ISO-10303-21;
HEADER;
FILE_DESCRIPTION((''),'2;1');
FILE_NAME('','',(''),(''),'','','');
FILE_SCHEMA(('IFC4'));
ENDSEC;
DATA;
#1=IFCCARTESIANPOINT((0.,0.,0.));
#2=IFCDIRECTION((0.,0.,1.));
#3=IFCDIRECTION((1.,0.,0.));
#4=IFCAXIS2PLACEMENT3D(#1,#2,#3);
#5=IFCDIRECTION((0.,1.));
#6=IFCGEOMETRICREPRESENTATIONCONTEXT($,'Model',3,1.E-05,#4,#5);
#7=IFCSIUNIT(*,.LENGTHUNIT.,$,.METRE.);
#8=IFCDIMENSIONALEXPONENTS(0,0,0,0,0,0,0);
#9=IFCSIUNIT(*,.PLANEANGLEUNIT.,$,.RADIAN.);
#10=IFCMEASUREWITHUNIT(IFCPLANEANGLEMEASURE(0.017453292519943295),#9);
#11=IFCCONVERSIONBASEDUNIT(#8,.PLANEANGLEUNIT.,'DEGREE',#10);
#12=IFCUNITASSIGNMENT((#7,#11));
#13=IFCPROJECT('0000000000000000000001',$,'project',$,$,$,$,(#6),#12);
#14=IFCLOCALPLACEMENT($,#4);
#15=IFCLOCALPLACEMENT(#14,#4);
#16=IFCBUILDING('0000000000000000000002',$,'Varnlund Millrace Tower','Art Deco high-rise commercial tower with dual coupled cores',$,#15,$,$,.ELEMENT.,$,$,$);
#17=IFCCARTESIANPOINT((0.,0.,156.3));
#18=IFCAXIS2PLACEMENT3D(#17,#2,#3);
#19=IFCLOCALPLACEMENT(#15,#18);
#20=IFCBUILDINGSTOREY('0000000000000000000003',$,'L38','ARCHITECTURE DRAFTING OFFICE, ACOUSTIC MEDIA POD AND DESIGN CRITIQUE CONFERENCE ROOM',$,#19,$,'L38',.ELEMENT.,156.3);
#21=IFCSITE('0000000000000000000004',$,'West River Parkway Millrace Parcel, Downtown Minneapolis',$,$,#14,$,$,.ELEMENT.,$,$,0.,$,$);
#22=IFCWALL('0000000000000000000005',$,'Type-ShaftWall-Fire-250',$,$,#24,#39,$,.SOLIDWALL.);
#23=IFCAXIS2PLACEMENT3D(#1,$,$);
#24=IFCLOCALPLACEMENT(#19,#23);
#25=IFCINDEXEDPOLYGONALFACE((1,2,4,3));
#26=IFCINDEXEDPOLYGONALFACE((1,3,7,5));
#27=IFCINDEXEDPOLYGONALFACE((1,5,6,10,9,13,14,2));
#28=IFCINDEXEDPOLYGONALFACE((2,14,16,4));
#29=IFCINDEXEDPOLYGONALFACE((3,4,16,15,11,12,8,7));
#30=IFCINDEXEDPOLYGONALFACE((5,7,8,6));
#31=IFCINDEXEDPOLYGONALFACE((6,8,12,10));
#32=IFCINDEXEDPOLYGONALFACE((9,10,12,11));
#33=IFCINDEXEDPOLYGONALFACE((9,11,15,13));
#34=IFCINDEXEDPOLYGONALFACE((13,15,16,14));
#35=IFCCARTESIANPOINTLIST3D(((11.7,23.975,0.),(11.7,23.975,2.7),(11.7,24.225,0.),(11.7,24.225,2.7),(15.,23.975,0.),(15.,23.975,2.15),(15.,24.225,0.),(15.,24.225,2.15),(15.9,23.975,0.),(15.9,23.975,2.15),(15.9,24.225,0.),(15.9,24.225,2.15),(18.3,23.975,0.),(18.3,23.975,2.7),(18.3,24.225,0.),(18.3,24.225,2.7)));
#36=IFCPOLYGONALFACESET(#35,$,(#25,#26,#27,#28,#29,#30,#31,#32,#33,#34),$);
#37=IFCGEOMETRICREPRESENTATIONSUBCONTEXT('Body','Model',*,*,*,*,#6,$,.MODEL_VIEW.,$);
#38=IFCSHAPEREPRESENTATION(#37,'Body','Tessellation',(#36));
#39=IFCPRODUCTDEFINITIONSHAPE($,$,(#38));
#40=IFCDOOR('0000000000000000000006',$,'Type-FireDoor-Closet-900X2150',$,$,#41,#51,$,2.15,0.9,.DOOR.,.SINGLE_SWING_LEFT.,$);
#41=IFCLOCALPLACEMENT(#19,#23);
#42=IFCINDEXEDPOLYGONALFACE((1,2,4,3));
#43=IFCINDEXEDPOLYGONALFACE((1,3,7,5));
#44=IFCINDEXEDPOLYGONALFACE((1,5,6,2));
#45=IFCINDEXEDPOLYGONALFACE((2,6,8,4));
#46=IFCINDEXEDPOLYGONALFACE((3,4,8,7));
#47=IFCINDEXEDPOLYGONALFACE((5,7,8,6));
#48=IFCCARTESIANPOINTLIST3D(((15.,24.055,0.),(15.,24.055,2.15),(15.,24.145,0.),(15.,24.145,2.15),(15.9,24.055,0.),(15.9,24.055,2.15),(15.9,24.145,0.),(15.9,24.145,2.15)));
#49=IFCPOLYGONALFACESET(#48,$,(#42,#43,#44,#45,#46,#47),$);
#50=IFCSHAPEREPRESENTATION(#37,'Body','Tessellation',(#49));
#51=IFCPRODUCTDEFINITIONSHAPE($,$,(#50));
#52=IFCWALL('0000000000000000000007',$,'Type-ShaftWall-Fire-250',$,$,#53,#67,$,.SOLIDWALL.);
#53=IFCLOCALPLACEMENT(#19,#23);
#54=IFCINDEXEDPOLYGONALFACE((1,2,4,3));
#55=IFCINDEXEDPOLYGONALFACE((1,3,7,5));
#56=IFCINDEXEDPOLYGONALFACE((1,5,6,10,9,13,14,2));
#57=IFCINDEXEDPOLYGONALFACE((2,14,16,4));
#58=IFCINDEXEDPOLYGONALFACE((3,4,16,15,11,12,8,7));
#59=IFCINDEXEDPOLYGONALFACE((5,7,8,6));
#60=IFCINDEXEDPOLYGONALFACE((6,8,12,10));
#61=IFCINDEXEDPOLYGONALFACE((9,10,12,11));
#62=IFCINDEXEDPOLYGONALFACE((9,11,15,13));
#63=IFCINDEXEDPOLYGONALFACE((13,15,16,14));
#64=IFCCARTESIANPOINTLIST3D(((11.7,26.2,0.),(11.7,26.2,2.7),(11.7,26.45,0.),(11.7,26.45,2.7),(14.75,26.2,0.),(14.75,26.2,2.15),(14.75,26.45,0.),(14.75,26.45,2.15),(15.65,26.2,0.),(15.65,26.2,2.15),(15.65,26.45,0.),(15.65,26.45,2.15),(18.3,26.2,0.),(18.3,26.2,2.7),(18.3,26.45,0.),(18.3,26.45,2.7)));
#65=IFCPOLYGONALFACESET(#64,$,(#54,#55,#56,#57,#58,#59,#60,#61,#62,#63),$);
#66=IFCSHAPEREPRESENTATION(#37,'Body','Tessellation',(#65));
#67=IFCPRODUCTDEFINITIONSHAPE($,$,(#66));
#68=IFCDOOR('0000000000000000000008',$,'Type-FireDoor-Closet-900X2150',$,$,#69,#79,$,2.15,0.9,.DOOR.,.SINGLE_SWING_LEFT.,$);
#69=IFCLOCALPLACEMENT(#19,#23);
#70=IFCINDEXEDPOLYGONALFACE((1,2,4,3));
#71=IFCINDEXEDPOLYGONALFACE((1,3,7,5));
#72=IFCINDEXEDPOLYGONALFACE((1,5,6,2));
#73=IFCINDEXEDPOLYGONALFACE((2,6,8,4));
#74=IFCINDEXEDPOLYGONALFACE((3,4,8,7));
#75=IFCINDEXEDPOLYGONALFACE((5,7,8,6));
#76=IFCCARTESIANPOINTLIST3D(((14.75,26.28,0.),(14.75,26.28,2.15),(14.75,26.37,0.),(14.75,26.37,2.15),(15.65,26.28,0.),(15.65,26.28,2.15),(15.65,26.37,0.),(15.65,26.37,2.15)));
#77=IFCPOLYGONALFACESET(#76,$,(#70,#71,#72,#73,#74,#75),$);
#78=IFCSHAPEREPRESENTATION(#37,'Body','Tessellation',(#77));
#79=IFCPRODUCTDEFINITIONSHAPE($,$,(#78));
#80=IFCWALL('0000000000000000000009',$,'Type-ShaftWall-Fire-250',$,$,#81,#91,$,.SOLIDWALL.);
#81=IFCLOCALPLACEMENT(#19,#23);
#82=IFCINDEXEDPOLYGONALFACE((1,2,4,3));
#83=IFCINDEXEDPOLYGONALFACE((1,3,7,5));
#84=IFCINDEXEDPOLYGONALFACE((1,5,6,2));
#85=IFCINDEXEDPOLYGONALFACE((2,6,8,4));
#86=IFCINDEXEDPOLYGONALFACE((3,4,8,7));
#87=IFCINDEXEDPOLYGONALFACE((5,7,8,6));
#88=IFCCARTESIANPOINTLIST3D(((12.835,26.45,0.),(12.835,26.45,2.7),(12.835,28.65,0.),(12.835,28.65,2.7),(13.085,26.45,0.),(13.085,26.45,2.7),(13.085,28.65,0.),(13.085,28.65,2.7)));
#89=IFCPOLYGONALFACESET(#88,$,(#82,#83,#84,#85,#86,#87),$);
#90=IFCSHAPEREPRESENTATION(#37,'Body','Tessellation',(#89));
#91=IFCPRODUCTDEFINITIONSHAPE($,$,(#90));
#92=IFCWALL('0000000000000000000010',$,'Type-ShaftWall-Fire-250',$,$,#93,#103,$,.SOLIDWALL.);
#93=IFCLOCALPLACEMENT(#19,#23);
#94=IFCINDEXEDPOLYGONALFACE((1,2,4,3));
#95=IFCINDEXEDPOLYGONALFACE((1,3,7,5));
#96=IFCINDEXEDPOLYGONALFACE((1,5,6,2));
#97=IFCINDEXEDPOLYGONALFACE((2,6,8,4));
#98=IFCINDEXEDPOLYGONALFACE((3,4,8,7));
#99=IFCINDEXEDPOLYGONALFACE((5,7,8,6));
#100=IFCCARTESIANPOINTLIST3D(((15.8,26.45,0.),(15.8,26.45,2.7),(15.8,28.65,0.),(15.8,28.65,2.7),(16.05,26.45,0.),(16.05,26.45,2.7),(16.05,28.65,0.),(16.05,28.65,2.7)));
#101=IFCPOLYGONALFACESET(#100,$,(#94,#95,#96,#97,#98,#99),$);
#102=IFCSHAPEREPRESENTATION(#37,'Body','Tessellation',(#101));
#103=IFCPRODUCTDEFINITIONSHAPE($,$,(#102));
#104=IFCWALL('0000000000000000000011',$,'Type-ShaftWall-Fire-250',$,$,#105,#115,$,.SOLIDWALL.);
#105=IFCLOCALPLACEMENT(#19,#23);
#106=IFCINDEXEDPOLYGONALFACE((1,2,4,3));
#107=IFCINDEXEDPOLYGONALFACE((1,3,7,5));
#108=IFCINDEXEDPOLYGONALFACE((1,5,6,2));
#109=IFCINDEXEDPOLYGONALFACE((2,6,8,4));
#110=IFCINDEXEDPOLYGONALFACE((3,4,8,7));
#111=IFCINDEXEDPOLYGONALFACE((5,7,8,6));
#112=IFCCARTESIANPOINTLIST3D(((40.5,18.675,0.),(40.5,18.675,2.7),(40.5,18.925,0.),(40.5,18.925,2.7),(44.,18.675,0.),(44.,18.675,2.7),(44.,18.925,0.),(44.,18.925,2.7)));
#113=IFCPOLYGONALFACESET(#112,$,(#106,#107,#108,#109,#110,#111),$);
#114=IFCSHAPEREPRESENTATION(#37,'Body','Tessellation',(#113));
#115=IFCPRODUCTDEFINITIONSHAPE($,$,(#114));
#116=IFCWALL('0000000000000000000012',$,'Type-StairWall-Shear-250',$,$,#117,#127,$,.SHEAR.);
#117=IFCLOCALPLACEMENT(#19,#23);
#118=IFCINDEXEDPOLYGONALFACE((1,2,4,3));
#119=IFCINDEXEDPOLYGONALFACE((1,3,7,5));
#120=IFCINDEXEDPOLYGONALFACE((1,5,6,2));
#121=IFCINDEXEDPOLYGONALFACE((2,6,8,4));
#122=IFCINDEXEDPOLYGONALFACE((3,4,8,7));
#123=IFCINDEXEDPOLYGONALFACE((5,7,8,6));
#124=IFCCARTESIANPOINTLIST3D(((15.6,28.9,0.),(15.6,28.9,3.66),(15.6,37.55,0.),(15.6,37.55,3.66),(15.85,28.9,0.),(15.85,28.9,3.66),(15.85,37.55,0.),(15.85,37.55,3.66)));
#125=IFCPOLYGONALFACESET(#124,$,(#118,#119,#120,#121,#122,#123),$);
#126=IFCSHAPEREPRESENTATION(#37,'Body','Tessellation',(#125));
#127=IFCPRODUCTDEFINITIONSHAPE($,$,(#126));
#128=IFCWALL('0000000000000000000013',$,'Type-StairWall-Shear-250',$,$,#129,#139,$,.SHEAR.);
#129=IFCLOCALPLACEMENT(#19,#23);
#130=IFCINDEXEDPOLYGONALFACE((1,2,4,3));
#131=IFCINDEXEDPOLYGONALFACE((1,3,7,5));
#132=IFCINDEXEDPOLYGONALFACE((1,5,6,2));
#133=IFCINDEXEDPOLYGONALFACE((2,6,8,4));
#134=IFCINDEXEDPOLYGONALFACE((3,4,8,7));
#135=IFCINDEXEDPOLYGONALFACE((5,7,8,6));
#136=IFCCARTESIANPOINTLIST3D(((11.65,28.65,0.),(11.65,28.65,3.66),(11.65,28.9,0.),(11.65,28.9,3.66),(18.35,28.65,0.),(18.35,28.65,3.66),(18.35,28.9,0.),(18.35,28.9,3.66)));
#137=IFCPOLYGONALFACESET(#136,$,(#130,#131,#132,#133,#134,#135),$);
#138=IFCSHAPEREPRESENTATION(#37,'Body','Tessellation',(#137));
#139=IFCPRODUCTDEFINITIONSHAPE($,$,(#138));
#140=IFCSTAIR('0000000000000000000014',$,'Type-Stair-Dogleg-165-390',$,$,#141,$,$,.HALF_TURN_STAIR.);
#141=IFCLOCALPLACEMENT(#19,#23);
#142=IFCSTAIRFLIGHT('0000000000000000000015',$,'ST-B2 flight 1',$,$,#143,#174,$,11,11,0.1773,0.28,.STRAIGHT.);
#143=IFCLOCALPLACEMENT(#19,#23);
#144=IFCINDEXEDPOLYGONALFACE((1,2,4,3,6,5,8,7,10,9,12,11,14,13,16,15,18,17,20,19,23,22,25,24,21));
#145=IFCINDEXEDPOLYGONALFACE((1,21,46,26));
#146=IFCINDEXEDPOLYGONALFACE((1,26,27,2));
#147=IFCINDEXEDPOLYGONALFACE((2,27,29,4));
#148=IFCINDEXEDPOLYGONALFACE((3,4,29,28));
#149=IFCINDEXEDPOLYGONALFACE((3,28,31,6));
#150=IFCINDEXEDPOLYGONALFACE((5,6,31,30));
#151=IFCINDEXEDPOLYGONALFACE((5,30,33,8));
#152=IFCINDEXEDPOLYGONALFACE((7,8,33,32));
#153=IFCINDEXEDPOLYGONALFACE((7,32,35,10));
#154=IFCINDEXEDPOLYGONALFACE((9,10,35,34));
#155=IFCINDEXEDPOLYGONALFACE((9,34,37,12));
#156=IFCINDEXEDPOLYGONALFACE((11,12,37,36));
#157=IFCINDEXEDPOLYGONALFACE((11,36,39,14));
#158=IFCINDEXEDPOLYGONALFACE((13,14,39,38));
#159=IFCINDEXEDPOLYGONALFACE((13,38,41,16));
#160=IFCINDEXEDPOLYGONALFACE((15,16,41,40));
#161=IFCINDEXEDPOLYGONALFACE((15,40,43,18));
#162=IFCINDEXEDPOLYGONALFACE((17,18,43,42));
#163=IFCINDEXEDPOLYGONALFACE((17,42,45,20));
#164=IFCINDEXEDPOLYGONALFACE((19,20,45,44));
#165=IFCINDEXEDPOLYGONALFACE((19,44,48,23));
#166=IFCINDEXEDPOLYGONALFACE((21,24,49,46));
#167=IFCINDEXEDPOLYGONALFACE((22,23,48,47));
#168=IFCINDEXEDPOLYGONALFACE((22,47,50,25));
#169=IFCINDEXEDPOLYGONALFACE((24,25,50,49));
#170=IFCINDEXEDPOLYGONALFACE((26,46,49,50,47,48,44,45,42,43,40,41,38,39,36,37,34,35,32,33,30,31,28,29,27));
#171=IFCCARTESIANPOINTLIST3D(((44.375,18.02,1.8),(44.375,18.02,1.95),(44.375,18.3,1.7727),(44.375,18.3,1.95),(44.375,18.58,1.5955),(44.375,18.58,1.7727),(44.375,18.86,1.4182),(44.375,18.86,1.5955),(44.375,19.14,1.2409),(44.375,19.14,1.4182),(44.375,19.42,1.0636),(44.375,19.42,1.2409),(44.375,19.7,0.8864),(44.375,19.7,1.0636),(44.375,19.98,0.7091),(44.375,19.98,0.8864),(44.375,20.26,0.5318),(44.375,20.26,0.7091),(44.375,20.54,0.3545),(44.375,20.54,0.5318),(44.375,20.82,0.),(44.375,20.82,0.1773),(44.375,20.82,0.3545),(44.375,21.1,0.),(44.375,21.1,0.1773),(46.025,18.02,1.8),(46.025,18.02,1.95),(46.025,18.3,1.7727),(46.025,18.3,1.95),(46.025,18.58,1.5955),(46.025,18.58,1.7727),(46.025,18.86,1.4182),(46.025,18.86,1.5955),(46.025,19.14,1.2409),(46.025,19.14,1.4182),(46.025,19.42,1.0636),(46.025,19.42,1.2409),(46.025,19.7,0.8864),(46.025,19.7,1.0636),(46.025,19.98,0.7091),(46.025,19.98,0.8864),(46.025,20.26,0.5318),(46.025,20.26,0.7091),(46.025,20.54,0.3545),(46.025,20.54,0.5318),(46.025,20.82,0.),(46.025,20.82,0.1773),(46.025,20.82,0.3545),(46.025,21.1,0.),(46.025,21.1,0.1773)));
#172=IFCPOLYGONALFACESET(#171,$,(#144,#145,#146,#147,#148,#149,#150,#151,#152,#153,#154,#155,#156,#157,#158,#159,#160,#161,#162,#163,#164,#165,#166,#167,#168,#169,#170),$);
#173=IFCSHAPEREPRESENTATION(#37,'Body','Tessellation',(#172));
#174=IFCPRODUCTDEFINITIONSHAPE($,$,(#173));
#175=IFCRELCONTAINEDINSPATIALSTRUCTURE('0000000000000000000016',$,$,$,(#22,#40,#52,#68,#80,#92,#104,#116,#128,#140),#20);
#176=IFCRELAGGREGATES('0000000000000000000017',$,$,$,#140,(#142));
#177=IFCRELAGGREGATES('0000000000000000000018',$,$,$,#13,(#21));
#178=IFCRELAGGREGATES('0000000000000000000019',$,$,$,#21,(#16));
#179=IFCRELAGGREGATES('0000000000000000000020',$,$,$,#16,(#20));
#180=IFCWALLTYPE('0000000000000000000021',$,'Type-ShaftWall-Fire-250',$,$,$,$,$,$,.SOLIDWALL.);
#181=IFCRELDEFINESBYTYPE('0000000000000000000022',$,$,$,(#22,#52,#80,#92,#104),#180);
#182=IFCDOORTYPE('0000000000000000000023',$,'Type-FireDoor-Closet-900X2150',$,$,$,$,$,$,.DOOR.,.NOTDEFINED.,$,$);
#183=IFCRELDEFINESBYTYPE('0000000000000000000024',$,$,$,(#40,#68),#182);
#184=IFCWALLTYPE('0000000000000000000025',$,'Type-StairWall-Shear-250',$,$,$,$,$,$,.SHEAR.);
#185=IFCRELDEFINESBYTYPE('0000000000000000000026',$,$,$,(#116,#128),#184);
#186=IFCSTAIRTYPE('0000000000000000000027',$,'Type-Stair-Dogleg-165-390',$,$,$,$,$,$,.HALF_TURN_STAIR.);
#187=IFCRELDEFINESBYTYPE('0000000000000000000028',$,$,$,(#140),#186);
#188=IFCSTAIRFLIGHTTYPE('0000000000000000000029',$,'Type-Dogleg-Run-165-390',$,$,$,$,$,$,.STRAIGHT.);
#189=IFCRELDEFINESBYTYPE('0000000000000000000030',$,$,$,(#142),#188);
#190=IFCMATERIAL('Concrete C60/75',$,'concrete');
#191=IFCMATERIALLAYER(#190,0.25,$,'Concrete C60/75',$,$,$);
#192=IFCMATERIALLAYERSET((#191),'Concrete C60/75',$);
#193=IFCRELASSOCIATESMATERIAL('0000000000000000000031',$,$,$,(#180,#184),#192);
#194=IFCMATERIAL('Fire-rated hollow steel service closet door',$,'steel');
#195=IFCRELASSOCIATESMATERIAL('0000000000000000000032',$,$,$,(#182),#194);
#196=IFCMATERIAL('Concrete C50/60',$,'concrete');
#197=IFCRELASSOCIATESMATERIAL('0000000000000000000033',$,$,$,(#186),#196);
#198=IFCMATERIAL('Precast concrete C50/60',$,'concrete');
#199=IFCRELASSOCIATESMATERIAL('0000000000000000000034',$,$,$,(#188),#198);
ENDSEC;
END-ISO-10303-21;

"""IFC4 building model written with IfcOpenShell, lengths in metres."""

from ifc_helpers import new_model, entity, si_unit, converted_unit, direction, frame, origin_with_axes, origin_2d_with_axis, place, context, subcontext, project, spatial, polyline, rectangle, outline, extrude, material, layer, layer_set, type_object, element, fill, aggregate, save


model = new_model("IFC4")

# Units and contexts
model_context = context("Model", 3, precision=1e-05, world=origin_with_axes(), true_north=direction((0.0, 1.0)))
body_context = subcontext(model_context, "Body", "Model", "MODEL_VIEW")
ifc_project = project(units=[si_unit("LENGTHUNIT", "METRE"), converted_unit("PLANEANGLEUNIT", "DEGREE", entity("IfcPlaneAngleMeasure", 0.017453292519943295), si_unit("PLANEANGLEUNIT", "RADIAN"), dimensions=[0, 0, 0, 0, 0, 0, 0])], contexts=[model_context])

# Site, building, storey
site_placement = place(None, origin_with_axes())
site = spatial("IfcSite", under=ifc_project, at=site_placement, Name="West River Parkway Millrace Parcel, Downtown Minneapolis", CompositionType="ELEMENT", RefElevation=0.0)
building_placement = place(site_placement, origin_with_axes())
building = spatial("IfcBuilding", under=site, at=building_placement, Name="Varnlund Millrace Tower", Description="Art Deco high-rise commercial tower with dual coupled cores", CompositionType="ELEMENT")
storey_placement = place(building_placement, frame((0.0, 0.0, 156.3), z_axis=(0.0, 0.0, 1.0), x_axis=(1.0, 0.0, 0.0)))
storey = spatial("IfcBuildingStorey", under=building, at=storey_placement, Name="L38", Description="ARCHITECTURE DRAFTING OFFICE, ACOUSTIC MEDIA POD AND DESIGN CRITIQUE CONFERENCE ROOM", LongName="L38", CompositionType="ELEMENT", Elevation=156.3)

# Shared definitions
ifc_material_1 = material(Name="Concrete C60/75", Category="concrete")
ifc_layer_1 = layer(ifc_material_1, 0.25, Name="Concrete C60/75")
ifc_layer_set_1 = layer_set([ifc_layer_1], Name="Concrete C60/75")
wall_type_1 = type_object("IfcWallType", Name="Type-ShaftWall-Fire-250", PredefinedType="SOLIDWALL", material=ifc_layer_set_1)

# Walls, openings, doors
wall_1_placement = place(storey_placement, frame((11.7, 24.1, 0.0), z_axis=(0.0, 0.0, 1.0), x_axis=(1.0, 0.0, 0.0)))
wall_1 = element("IfcWall", 1, at=wall_1_placement, inside=storey, type_object=wall_type_1, Name="Type-ShaftWall-Fire-250", PredefinedType="SOLIDWALL", context=body_context, shape_type="SweptSolid", body=[
    extrude(outline(polyline([(0.0, -0.125), (6.6, -0.125), (6.6, 0.125), (0.0, 0.125), (0.0, -0.125)])), origin_with_axes(), (0.0, 0.0, 1.0), 2.7),
])
opening_1_placement = place(wall_1_placement, frame((3.75, 0.0, 0.0), z_axis=(0.0, 0.0, 1.0), x_axis=(1.0, 0.0, 0.0)))
opening_1 = element("IfcOpeningElement", 2, at=opening_1_placement, cuts=wall_1, PredefinedType="OPENING", context=body_context, shape_type="SweptSolid", body=[
    extrude(rectangle(XDim=0.9, YDim=0.27, at=origin_2d_with_axis()), origin_with_axes(), (0.0, 0.0, 1.0), 2.15),
])
ifc_material_2 = material(Name="Fire-rated hollow steel service closet door", Category="steel")
door_type_1 = type_object("IfcDoorType", Name="Type-FireDoor-Closet-900X2150", OperationType="NOTDEFINED", PredefinedType="DOOR", material=ifc_material_2)
door_1_placement = place(wall_1_placement, frame((3.75, 0.0, 0.0), z_axis=(0.0, 0.0, 1.0), x_axis=(1.0, 0.0, 0.0)))
door_1 = element("IfcDoor", 3, at=door_1_placement, inside=storey, type_object=door_type_1, Name="Type-FireDoor-Closet-900X2150", OperationType="SINGLE_SWING_LEFT", OverallHeight=2.15, OverallWidth=0.9, PredefinedType="DOOR", context=body_context, shape_type="SweptSolid", body=[
    extrude(rectangle(XDim=0.9, YDim=0.09, at=origin_2d_with_axis()), origin_with_axes(), (0.0, 0.0, 1.0), 2.15),
])
fill(opening_1, door_1)
wall_2_placement = place(storey_placement, frame((11.7, 26.325, 0.0), z_axis=(0.0, 0.0, 1.0), x_axis=(1.0, 0.0, 0.0)))
wall_2 = element("IfcWall", 4, at=wall_2_placement, inside=storey, type_object=wall_type_1, Name="Type-ShaftWall-Fire-250", PredefinedType="SOLIDWALL", context=body_context, shape_type="SweptSolid", body=[
    extrude(outline(polyline([(0.0, -0.125), (6.6, -0.125), (6.6, 0.125), (0.0, 0.125), (0.0, -0.125)])), origin_with_axes(), (0.0, 0.0, 1.0), 2.7),
])
opening_2_placement = place(wall_2_placement, frame((3.5, 0.0, 0.0), z_axis=(0.0, 0.0, 1.0), x_axis=(1.0, 0.0, 0.0)))
opening_2 = element("IfcOpeningElement", 5, at=opening_2_placement, cuts=wall_2, PredefinedType="OPENING", context=body_context, shape_type="SweptSolid", body=[
    extrude(rectangle(XDim=0.9, YDim=0.27, at=origin_2d_with_axis()), origin_with_axes(), (0.0, 0.0, 1.0), 2.15),
])
door_2_placement = place(wall_2_placement, frame((3.5, 0.0, 0.0), z_axis=(0.0, 0.0, 1.0), x_axis=(1.0, 0.0, 0.0)))
door_2 = element("IfcDoor", 6, at=door_2_placement, inside=storey, type_object=door_type_1, Name="Type-FireDoor-Closet-900X2150", OperationType="SINGLE_SWING_LEFT", OverallHeight=2.15, OverallWidth=0.9, PredefinedType="DOOR", context=body_context, shape_type="SweptSolid", body=[
    extrude(rectangle(XDim=0.9, YDim=0.09, at=origin_2d_with_axis()), origin_with_axes(), (0.0, 0.0, 1.0), 2.15),
])
fill(opening_2, door_2)

# Walls
for number, where, z_axis, x_axis, name in (
    (7, (12.96, 26.45, 0.0), (0.0, 0.0, 1.0), (0.0, 1.0, 0.0), "Type-ShaftWall-Fire-250"),
    (8, (15.925, 26.45, 0.0), (0.0, 0.0, 1.0), (0.0, 1.0, 0.0), "Type-ShaftWall-Fire-250"),
):
    element("IfcWall", number, at=place(storey_placement, frame(where, z_axis=z_axis, x_axis=x_axis)), inside=storey, type_object=wall_type_1, Name=name, PredefinedType="SOLIDWALL", context=body_context, shape_type="SweptSolid", body=[
        extrude(outline(polyline([(0.0, -0.125), (2.2, -0.125), (2.2, 0.125), (0.0, 0.125), (0.0, -0.125)])), origin_with_axes(), (0.0, 0.0, 1.0), 2.7),
    ])
wall_3_placement = place(storey_placement, frame((40.5, 18.8, 0.0), z_axis=(0.0, 0.0, 1.0), x_axis=(1.0, 0.0, 0.0)))
element("IfcWall", 9, at=wall_3_placement, inside=storey, type_object=wall_type_1, Name="Type-ShaftWall-Fire-250", PredefinedType="SOLIDWALL", context=body_context, shape_type="SweptSolid", body=[
    extrude(outline(polyline([(0.0, -0.125), (3.5, -0.125), (3.5, 0.125), (0.0, 0.125), (0.0, -0.125)])), origin_with_axes(), (0.0, 0.0, 1.0), 2.7),
])
wall_type_2 = type_object("IfcWallType", Name="Type-StairWall-Shear-250", PredefinedType="SHEAR", material=ifc_layer_set_1)
wall_4_placement = place(storey_placement, frame((15.725, 28.9, 0.0), z_axis=(0.0, 0.0, 1.0), x_axis=(0.0, 1.0, 0.0)))
element("IfcWall", 10, at=wall_4_placement, inside=storey, type_object=wall_type_2, Name="Type-StairWall-Shear-250", PredefinedType="SHEAR", context=body_context, shape_type="SweptSolid", body=[
    extrude(outline(polyline([(0.0, -0.125), (8.65, -0.125), (8.65, 0.125), (0.0, 0.125), (0.0, -0.125)])), origin_with_axes(), (0.0, 0.0, 1.0), 3.66),
])
wall_5_placement = place(storey_placement, frame((11.65, 28.775, 0.0), z_axis=(0.0, 0.0, 1.0), x_axis=(1.0, 0.0, 0.0)))
element("IfcWall", 11, at=wall_5_placement, inside=storey, type_object=wall_type_2, Name="Type-StairWall-Shear-250", PredefinedType="SHEAR", context=body_context, shape_type="SweptSolid", body=[
    extrude(outline(polyline([(0.0, -0.125), (6.7, -0.125), (6.7, 0.125), (0.0, 0.125), (0.0, -0.125)])), origin_with_axes(), (0.0, 0.0, 1.0), 3.66),
])

# Stair, stair flight
ifc_material_3 = material(Name="Concrete C50/60", Category="concrete")
stair_type_1 = type_object("IfcStairType", Name="Type-Stair-Dogleg-165-390", PredefinedType="HALF_TURN_STAIR", material=ifc_material_3)
stair_1_placement = place(storey_placement, origin_with_axes())
stair_1 = element("IfcStair", 12, at=stair_1_placement, inside=storey, type_object=stair_type_1, Name="Type-Stair-Dogleg-165-390", PredefinedType="HALF_TURN_STAIR")
ifc_material_4 = material(Name="Precast concrete C50/60", Category="concrete")
stair_flight_type_1 = type_object("IfcStairFlightType", Name="Type-Dogleg-Run-165-390", PredefinedType="STRAIGHT", material=ifc_material_4)
stair_flight_1_placement = place(storey_placement, frame((46.025, 21.1, 0.0), z_axis=(-1.0, 0.0, 0.0), x_axis=(0.0, -1.0, 0.0)))
stair_flight_1 = element("IfcStairFlight", 13, at=stair_flight_1_placement, type_object=stair_flight_type_1, Name="ST-B2 flight 1", NumberOfRisers=11, NumberOfTreads=11, PredefinedType="STRAIGHT", RiserHeight=0.1773, TreadLength=0.28, context=body_context, shape_type="SweptSolid", body=[
    extrude(outline(polyline([(0.0, 0.0), (0.0, 0.1773), (0.28, 0.1773), (0.28, 0.3545), (0.56, 0.3545), (0.56, 0.5318), (0.84, 0.5318), (0.84, 0.7091), (1.12, 0.7091), (1.12, 0.8864), (1.4, 0.8864), (1.4, 1.0636), (1.68, 1.0636), (1.68, 1.2409), (1.96, 1.2409), (1.96, 1.4182), (2.24, 1.4182), (2.24, 1.5955), (2.52, 1.5955), (2.52, 1.7727), (2.8, 1.7727), (2.8, 1.95), (3.08, 1.95), (3.08, 1.8), (0.28, 0.0), (0.0, 0.0)])), origin_with_axes(), (0.0, 0.0, 1.0), 1.65),
])
aggregate(stair_1, [stair_flight_1])

save(model, "model.ifc")
